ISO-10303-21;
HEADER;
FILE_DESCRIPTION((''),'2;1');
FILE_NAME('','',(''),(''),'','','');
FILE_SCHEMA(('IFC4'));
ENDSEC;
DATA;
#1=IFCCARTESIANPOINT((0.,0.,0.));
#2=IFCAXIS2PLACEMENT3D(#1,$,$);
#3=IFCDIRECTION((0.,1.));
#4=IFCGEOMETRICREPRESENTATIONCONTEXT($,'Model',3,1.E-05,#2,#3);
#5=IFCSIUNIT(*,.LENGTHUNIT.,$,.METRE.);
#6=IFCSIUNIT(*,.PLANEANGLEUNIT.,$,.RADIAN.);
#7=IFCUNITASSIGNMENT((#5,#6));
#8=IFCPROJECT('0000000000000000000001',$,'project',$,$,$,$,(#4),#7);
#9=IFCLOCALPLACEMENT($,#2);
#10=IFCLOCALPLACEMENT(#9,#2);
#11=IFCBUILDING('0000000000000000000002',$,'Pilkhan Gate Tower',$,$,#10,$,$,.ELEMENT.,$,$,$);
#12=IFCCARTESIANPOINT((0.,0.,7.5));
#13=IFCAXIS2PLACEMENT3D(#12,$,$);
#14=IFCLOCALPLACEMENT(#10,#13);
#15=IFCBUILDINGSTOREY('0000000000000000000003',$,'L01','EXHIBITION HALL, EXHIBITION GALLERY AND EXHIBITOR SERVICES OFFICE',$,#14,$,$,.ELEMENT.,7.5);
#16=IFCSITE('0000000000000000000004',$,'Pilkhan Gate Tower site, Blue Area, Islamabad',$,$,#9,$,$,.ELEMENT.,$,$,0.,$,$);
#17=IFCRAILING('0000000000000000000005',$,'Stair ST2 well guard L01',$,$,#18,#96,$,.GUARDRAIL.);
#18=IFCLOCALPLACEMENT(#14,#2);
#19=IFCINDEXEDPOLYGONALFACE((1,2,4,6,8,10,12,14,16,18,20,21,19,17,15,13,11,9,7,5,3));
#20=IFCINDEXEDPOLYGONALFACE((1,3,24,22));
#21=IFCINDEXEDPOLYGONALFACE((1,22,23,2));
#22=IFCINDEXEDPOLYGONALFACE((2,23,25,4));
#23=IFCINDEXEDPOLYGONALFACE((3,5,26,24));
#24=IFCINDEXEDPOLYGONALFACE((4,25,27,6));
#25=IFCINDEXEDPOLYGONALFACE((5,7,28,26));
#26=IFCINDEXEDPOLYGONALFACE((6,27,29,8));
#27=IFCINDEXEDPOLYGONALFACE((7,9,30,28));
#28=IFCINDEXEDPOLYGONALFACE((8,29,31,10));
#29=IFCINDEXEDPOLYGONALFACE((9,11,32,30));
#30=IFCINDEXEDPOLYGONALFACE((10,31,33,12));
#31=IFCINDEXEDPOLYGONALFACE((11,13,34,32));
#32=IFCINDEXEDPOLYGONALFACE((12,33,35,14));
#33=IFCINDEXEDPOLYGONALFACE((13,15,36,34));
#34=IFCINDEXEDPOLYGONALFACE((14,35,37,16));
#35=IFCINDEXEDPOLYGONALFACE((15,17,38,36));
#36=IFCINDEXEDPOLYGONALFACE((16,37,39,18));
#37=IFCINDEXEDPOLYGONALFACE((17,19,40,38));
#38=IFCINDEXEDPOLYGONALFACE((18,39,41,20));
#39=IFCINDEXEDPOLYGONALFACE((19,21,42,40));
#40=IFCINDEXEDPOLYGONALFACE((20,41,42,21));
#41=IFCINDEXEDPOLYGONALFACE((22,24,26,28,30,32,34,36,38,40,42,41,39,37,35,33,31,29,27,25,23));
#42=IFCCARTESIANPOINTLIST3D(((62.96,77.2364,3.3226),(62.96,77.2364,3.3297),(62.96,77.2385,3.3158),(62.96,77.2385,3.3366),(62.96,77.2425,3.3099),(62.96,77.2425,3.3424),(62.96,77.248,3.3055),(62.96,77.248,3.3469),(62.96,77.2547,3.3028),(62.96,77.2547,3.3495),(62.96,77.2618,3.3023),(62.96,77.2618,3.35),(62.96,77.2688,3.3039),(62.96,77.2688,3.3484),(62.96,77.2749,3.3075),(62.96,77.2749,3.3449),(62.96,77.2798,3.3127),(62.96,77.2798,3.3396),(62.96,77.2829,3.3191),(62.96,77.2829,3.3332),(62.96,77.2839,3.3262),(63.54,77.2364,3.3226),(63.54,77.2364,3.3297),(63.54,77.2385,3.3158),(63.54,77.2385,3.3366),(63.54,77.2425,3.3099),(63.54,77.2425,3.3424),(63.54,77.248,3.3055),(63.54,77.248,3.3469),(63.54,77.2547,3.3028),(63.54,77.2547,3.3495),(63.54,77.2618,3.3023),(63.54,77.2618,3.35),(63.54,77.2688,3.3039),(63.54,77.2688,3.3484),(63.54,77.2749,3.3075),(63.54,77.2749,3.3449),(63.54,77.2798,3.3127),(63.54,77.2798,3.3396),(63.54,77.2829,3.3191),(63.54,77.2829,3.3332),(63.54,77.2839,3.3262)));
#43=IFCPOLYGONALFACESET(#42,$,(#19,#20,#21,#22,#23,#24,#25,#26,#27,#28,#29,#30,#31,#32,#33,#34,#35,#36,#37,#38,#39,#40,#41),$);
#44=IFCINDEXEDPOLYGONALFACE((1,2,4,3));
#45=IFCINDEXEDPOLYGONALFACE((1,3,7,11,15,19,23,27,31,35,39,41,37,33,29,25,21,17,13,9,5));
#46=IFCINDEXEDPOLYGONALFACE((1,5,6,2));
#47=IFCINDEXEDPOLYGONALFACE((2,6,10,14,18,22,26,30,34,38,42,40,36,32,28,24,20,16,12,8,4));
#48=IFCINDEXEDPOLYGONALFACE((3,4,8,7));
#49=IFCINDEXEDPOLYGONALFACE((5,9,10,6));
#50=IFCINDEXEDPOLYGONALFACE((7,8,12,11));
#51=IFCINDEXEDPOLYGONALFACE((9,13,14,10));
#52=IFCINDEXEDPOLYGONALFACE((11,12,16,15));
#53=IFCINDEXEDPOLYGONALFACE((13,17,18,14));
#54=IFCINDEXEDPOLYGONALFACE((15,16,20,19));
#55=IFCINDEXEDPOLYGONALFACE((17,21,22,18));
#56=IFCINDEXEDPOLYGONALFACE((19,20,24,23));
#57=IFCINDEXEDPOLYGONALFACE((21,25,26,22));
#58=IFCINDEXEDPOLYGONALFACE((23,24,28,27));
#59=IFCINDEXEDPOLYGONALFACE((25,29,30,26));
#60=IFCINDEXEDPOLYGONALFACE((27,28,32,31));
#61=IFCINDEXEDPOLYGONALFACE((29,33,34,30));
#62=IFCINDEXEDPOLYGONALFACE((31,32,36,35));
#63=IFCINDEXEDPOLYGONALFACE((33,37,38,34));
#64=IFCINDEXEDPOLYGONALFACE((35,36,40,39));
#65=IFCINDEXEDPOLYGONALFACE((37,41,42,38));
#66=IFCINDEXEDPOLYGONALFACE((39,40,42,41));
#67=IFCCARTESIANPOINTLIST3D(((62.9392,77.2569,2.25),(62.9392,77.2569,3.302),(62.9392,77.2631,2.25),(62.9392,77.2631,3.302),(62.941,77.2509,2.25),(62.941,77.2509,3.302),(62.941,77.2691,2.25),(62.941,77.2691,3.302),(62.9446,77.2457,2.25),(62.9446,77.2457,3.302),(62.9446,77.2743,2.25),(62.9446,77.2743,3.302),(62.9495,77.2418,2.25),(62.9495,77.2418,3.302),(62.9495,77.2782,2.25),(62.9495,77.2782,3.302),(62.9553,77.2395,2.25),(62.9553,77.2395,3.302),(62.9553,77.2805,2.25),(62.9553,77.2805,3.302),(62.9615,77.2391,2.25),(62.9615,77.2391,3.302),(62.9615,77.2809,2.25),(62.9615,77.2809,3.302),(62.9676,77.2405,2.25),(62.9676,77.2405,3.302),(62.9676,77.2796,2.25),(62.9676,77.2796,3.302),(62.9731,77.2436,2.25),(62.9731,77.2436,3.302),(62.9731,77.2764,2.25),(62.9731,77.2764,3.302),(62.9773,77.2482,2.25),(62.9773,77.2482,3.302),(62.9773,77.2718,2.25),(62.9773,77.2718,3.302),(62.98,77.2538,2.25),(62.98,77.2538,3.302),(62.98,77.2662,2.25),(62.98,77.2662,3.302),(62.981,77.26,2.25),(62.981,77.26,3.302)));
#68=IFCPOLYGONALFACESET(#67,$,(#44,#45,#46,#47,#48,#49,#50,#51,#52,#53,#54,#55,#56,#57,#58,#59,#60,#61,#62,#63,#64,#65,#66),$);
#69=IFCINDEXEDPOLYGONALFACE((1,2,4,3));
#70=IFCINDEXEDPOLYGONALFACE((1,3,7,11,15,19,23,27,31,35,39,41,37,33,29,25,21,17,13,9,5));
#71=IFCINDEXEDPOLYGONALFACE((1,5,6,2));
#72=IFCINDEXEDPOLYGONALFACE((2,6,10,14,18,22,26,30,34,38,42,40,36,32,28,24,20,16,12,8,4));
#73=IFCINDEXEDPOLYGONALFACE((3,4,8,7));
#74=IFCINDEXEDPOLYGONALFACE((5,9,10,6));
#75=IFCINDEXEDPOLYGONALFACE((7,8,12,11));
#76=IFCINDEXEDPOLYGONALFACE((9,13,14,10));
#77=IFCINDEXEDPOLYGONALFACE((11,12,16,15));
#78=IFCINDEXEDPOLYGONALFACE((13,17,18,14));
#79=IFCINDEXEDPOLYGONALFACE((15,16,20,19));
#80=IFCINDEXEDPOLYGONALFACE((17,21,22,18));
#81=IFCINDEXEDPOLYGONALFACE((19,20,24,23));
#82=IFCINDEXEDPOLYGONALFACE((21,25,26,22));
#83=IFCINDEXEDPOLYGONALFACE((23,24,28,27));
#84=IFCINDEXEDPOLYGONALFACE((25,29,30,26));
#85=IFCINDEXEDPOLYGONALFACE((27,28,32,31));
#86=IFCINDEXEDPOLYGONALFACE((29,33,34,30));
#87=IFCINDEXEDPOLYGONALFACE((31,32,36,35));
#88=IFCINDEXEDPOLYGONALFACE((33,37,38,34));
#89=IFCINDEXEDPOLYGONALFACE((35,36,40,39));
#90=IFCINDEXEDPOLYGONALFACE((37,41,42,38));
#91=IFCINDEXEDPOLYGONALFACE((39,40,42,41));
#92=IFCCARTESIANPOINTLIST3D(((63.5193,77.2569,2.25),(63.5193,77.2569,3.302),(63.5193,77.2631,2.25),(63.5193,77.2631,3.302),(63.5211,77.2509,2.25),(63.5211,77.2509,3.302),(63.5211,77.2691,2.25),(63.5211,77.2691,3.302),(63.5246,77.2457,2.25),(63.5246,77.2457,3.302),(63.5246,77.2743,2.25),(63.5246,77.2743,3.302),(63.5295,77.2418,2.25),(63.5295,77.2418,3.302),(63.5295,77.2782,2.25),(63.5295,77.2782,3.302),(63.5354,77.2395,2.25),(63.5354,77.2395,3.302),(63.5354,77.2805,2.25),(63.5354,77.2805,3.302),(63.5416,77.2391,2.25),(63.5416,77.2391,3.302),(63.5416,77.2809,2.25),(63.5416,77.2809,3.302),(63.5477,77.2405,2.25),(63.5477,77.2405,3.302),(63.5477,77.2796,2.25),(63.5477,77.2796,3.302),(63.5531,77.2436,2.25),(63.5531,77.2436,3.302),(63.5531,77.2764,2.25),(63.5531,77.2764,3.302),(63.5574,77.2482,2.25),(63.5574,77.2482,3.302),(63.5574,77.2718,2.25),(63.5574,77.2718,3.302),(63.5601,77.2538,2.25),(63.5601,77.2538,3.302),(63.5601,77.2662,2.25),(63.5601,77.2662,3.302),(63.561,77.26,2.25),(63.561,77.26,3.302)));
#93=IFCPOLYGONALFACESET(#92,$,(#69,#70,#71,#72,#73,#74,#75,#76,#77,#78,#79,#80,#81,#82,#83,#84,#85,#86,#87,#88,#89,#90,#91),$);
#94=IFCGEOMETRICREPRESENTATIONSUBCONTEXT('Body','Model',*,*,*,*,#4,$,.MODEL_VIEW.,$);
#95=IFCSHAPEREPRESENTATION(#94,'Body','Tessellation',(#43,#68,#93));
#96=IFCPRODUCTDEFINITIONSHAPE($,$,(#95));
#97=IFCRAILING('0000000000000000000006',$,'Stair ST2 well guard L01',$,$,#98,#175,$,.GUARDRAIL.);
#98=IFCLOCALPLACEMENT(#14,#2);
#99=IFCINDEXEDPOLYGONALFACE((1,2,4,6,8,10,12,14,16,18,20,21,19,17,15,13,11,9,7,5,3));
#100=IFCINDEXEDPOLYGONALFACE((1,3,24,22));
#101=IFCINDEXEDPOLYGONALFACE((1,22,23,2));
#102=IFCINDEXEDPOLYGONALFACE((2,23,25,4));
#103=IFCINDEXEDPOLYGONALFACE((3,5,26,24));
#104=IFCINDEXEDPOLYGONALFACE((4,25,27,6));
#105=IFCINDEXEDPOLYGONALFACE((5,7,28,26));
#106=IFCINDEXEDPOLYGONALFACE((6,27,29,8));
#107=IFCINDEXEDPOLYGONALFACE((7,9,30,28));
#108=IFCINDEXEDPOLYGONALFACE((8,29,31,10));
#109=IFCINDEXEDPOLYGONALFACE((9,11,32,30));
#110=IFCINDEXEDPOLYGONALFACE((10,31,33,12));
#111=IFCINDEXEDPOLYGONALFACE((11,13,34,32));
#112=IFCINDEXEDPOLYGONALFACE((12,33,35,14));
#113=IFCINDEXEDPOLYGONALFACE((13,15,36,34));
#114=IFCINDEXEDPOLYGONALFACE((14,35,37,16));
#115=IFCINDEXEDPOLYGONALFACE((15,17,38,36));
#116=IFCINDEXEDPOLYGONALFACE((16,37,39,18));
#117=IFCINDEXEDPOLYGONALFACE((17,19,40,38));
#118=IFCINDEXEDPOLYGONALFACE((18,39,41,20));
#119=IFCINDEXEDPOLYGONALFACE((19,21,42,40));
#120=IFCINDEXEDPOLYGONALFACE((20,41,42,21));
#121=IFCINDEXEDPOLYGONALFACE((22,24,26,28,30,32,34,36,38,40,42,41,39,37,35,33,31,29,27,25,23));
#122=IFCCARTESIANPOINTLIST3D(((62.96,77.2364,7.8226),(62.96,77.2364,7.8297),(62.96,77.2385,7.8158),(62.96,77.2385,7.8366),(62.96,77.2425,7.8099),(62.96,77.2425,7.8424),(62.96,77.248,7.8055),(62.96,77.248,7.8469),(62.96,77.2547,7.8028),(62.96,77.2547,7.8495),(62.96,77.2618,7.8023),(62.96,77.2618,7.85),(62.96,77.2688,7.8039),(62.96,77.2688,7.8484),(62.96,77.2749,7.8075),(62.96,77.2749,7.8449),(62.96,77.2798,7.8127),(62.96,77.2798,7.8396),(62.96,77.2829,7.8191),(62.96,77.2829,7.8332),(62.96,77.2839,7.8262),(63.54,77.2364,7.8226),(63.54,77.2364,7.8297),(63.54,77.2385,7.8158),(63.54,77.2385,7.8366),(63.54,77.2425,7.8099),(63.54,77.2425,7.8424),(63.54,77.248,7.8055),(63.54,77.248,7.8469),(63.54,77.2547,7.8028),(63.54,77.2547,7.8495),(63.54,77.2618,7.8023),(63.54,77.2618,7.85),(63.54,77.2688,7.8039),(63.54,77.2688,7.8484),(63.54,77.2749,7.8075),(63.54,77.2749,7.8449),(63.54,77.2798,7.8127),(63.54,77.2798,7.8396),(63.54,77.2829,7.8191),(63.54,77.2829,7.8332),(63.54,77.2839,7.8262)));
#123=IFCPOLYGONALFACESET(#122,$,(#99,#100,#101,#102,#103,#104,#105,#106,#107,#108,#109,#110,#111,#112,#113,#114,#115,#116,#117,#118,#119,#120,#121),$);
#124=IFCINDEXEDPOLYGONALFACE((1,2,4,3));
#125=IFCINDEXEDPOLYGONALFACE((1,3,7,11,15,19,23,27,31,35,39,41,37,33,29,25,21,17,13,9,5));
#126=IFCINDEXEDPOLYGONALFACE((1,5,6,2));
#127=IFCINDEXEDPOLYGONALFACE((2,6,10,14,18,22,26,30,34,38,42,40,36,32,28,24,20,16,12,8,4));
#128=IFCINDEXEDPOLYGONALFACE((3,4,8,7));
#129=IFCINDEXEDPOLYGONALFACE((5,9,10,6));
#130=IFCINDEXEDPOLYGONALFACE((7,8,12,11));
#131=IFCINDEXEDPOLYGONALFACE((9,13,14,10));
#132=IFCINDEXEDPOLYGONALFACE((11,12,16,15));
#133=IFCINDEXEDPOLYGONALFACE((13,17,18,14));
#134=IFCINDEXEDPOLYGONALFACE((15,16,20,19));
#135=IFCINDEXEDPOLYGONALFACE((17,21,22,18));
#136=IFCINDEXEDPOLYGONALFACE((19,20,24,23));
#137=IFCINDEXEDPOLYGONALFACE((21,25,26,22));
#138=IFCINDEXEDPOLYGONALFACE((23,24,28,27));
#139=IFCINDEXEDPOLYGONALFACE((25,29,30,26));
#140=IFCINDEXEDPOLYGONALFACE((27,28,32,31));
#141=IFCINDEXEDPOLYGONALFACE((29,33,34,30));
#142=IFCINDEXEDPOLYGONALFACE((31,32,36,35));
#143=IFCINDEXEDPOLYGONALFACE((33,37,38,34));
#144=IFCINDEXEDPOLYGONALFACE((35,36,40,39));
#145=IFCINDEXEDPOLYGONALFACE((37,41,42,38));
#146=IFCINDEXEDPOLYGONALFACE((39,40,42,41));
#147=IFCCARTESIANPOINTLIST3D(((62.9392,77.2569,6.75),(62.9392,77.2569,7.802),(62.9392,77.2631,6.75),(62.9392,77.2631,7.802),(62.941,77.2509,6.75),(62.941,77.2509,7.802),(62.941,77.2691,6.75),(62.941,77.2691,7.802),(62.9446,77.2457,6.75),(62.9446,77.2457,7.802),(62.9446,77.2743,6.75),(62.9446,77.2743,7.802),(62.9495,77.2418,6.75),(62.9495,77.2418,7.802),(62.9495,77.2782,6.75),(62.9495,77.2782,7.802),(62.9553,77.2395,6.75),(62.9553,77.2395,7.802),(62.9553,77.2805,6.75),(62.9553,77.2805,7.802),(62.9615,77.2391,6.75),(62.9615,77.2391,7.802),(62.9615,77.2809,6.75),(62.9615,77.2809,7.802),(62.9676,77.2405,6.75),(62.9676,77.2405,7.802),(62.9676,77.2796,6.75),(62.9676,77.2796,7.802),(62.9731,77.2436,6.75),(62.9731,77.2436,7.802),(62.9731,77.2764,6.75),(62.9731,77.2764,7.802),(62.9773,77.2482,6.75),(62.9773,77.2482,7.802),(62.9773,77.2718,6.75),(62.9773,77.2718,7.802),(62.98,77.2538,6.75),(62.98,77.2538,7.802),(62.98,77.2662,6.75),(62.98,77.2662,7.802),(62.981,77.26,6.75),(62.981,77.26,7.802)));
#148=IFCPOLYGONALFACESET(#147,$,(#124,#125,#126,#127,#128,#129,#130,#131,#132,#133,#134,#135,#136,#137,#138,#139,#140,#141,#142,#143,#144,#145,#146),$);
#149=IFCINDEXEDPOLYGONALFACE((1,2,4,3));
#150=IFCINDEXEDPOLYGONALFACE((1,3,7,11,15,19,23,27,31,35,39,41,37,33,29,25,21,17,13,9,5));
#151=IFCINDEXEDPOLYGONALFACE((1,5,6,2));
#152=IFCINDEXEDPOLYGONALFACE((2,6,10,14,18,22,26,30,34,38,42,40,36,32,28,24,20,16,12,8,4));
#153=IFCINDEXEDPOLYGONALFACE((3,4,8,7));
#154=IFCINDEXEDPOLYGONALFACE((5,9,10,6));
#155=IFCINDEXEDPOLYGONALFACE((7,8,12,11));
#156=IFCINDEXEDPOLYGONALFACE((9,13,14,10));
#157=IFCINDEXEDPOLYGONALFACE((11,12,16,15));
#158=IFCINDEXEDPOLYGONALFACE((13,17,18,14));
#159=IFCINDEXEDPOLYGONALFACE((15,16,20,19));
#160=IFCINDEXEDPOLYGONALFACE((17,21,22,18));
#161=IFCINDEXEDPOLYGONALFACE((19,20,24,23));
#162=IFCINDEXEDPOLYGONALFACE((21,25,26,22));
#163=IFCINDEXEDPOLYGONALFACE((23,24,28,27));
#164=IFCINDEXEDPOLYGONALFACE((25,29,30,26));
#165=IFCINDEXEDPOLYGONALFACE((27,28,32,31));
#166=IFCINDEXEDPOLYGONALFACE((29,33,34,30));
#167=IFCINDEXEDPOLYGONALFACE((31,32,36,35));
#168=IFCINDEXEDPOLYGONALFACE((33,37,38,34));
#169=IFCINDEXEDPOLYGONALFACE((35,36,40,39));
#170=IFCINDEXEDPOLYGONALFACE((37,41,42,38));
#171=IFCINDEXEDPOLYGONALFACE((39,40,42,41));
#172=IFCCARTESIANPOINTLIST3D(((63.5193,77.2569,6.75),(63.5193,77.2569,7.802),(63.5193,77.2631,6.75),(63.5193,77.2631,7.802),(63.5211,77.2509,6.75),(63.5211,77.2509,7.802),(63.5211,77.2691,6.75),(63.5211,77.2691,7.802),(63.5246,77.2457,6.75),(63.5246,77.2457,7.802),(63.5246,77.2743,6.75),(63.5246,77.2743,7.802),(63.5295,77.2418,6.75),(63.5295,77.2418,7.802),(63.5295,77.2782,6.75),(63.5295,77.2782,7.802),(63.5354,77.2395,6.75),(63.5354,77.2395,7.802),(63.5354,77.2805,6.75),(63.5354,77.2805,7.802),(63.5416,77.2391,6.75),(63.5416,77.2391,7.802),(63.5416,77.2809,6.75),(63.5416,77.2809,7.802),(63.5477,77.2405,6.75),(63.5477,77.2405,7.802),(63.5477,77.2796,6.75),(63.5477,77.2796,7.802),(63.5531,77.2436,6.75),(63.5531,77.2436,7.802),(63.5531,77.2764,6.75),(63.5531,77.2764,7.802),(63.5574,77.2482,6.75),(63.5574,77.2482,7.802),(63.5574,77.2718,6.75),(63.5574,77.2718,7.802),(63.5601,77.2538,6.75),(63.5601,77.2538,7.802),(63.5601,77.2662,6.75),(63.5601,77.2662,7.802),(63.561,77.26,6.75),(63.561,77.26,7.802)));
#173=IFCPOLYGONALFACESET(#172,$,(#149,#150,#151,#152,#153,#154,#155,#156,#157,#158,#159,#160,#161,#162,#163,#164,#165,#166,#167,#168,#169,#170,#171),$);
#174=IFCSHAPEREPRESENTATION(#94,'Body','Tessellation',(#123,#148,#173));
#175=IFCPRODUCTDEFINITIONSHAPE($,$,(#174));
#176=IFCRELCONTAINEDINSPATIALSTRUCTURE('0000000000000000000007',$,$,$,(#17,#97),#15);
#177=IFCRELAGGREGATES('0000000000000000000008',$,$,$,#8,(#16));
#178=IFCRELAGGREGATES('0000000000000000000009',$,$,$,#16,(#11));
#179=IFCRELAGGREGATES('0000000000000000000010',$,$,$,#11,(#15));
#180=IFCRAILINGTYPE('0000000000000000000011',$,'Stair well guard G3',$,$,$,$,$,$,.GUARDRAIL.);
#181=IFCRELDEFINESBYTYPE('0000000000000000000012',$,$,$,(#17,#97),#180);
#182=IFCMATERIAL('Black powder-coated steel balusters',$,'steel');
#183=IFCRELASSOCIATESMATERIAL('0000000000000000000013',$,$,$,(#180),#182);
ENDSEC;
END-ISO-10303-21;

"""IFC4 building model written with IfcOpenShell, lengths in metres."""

from ifc_helpers import new_model, si_unit, direction, frame, origin, origin_2d, place, context, subcontext, project, spatial, circle, extrude, material, type_object, element, save


model = new_model("IFC4")

# Units and contexts
model_context = context("Model", 3, precision=1e-05, world=origin(), true_north=direction((0.0, 1.0)))
body_context = subcontext(model_context, "Body", "Model", "MODEL_VIEW")
ifc_project = project(units=[si_unit("LENGTHUNIT", "METRE"), si_unit("PLANEANGLEUNIT", "RADIAN")], contexts=[model_context])

# Site, building, storey
site_placement = place(None, origin())
site = spatial("IfcSite", under=ifc_project, at=site_placement, Name="Pilkhan Gate Tower site, Blue Area, Islamabad", CompositionType="ELEMENT", RefElevation=0.0)
building_placement = place(site_placement, origin())
building = spatial("IfcBuilding", under=site, at=building_placement, Name="Pilkhan Gate Tower", CompositionType="ELEMENT")
storey_placement = place(building_placement, frame((0.0, 0.0, 7.5)))
storey = spatial("IfcBuildingStorey", under=building, at=storey_placement, Name="L01", Description="EXHIBITION HALL, EXHIBITION GALLERY AND EXHIBITOR SERVICES OFFICE", CompositionType="ELEMENT", Elevation=7.5)

# Railings
ifc_material_1 = material(Name="Black powder-coated steel balusters", Category="steel")
railing_type_1 = type_object("IfcRailingType", Name="Stair well guard G3", PredefinedType="GUARDRAIL", material=ifc_material_1)
for number, where, name in (
    (1, (62.96, 77.26, 2.25), "Stair ST2 well guard L01"),
    (2, (62.96, 77.26, 6.75), "Stair ST2 well guard L01"),
):
    element("IfcRailing", number, at=place(storey_placement, frame(where)), inside=storey, type_object=railing_type_1, Name=name, PredefinedType="GUARDRAIL", context=body_context, shape_type="SweptSolid", body=[
        extrude(circle(Radius=0.0239, at=origin_2d()), frame((0.0, 0.0, 1.0762), z_axis=(1.0, 0.0, 0.0), x_axis=(0.0, 1.0, 0.0)), (0.0, 0.0, 1.0), 0.5801),
        extrude(circle(Radius=0.021, at=origin_2d()), origin(), (0.0, 0.0, 1.0), 1.052),
        extrude(circle(Radius=0.021, at=origin_2d()), frame((0.5801, 0.0, 0.0)), (0.0, 0.0, 1.0), 1.052),
    ])

save(model, "model.ifc")
